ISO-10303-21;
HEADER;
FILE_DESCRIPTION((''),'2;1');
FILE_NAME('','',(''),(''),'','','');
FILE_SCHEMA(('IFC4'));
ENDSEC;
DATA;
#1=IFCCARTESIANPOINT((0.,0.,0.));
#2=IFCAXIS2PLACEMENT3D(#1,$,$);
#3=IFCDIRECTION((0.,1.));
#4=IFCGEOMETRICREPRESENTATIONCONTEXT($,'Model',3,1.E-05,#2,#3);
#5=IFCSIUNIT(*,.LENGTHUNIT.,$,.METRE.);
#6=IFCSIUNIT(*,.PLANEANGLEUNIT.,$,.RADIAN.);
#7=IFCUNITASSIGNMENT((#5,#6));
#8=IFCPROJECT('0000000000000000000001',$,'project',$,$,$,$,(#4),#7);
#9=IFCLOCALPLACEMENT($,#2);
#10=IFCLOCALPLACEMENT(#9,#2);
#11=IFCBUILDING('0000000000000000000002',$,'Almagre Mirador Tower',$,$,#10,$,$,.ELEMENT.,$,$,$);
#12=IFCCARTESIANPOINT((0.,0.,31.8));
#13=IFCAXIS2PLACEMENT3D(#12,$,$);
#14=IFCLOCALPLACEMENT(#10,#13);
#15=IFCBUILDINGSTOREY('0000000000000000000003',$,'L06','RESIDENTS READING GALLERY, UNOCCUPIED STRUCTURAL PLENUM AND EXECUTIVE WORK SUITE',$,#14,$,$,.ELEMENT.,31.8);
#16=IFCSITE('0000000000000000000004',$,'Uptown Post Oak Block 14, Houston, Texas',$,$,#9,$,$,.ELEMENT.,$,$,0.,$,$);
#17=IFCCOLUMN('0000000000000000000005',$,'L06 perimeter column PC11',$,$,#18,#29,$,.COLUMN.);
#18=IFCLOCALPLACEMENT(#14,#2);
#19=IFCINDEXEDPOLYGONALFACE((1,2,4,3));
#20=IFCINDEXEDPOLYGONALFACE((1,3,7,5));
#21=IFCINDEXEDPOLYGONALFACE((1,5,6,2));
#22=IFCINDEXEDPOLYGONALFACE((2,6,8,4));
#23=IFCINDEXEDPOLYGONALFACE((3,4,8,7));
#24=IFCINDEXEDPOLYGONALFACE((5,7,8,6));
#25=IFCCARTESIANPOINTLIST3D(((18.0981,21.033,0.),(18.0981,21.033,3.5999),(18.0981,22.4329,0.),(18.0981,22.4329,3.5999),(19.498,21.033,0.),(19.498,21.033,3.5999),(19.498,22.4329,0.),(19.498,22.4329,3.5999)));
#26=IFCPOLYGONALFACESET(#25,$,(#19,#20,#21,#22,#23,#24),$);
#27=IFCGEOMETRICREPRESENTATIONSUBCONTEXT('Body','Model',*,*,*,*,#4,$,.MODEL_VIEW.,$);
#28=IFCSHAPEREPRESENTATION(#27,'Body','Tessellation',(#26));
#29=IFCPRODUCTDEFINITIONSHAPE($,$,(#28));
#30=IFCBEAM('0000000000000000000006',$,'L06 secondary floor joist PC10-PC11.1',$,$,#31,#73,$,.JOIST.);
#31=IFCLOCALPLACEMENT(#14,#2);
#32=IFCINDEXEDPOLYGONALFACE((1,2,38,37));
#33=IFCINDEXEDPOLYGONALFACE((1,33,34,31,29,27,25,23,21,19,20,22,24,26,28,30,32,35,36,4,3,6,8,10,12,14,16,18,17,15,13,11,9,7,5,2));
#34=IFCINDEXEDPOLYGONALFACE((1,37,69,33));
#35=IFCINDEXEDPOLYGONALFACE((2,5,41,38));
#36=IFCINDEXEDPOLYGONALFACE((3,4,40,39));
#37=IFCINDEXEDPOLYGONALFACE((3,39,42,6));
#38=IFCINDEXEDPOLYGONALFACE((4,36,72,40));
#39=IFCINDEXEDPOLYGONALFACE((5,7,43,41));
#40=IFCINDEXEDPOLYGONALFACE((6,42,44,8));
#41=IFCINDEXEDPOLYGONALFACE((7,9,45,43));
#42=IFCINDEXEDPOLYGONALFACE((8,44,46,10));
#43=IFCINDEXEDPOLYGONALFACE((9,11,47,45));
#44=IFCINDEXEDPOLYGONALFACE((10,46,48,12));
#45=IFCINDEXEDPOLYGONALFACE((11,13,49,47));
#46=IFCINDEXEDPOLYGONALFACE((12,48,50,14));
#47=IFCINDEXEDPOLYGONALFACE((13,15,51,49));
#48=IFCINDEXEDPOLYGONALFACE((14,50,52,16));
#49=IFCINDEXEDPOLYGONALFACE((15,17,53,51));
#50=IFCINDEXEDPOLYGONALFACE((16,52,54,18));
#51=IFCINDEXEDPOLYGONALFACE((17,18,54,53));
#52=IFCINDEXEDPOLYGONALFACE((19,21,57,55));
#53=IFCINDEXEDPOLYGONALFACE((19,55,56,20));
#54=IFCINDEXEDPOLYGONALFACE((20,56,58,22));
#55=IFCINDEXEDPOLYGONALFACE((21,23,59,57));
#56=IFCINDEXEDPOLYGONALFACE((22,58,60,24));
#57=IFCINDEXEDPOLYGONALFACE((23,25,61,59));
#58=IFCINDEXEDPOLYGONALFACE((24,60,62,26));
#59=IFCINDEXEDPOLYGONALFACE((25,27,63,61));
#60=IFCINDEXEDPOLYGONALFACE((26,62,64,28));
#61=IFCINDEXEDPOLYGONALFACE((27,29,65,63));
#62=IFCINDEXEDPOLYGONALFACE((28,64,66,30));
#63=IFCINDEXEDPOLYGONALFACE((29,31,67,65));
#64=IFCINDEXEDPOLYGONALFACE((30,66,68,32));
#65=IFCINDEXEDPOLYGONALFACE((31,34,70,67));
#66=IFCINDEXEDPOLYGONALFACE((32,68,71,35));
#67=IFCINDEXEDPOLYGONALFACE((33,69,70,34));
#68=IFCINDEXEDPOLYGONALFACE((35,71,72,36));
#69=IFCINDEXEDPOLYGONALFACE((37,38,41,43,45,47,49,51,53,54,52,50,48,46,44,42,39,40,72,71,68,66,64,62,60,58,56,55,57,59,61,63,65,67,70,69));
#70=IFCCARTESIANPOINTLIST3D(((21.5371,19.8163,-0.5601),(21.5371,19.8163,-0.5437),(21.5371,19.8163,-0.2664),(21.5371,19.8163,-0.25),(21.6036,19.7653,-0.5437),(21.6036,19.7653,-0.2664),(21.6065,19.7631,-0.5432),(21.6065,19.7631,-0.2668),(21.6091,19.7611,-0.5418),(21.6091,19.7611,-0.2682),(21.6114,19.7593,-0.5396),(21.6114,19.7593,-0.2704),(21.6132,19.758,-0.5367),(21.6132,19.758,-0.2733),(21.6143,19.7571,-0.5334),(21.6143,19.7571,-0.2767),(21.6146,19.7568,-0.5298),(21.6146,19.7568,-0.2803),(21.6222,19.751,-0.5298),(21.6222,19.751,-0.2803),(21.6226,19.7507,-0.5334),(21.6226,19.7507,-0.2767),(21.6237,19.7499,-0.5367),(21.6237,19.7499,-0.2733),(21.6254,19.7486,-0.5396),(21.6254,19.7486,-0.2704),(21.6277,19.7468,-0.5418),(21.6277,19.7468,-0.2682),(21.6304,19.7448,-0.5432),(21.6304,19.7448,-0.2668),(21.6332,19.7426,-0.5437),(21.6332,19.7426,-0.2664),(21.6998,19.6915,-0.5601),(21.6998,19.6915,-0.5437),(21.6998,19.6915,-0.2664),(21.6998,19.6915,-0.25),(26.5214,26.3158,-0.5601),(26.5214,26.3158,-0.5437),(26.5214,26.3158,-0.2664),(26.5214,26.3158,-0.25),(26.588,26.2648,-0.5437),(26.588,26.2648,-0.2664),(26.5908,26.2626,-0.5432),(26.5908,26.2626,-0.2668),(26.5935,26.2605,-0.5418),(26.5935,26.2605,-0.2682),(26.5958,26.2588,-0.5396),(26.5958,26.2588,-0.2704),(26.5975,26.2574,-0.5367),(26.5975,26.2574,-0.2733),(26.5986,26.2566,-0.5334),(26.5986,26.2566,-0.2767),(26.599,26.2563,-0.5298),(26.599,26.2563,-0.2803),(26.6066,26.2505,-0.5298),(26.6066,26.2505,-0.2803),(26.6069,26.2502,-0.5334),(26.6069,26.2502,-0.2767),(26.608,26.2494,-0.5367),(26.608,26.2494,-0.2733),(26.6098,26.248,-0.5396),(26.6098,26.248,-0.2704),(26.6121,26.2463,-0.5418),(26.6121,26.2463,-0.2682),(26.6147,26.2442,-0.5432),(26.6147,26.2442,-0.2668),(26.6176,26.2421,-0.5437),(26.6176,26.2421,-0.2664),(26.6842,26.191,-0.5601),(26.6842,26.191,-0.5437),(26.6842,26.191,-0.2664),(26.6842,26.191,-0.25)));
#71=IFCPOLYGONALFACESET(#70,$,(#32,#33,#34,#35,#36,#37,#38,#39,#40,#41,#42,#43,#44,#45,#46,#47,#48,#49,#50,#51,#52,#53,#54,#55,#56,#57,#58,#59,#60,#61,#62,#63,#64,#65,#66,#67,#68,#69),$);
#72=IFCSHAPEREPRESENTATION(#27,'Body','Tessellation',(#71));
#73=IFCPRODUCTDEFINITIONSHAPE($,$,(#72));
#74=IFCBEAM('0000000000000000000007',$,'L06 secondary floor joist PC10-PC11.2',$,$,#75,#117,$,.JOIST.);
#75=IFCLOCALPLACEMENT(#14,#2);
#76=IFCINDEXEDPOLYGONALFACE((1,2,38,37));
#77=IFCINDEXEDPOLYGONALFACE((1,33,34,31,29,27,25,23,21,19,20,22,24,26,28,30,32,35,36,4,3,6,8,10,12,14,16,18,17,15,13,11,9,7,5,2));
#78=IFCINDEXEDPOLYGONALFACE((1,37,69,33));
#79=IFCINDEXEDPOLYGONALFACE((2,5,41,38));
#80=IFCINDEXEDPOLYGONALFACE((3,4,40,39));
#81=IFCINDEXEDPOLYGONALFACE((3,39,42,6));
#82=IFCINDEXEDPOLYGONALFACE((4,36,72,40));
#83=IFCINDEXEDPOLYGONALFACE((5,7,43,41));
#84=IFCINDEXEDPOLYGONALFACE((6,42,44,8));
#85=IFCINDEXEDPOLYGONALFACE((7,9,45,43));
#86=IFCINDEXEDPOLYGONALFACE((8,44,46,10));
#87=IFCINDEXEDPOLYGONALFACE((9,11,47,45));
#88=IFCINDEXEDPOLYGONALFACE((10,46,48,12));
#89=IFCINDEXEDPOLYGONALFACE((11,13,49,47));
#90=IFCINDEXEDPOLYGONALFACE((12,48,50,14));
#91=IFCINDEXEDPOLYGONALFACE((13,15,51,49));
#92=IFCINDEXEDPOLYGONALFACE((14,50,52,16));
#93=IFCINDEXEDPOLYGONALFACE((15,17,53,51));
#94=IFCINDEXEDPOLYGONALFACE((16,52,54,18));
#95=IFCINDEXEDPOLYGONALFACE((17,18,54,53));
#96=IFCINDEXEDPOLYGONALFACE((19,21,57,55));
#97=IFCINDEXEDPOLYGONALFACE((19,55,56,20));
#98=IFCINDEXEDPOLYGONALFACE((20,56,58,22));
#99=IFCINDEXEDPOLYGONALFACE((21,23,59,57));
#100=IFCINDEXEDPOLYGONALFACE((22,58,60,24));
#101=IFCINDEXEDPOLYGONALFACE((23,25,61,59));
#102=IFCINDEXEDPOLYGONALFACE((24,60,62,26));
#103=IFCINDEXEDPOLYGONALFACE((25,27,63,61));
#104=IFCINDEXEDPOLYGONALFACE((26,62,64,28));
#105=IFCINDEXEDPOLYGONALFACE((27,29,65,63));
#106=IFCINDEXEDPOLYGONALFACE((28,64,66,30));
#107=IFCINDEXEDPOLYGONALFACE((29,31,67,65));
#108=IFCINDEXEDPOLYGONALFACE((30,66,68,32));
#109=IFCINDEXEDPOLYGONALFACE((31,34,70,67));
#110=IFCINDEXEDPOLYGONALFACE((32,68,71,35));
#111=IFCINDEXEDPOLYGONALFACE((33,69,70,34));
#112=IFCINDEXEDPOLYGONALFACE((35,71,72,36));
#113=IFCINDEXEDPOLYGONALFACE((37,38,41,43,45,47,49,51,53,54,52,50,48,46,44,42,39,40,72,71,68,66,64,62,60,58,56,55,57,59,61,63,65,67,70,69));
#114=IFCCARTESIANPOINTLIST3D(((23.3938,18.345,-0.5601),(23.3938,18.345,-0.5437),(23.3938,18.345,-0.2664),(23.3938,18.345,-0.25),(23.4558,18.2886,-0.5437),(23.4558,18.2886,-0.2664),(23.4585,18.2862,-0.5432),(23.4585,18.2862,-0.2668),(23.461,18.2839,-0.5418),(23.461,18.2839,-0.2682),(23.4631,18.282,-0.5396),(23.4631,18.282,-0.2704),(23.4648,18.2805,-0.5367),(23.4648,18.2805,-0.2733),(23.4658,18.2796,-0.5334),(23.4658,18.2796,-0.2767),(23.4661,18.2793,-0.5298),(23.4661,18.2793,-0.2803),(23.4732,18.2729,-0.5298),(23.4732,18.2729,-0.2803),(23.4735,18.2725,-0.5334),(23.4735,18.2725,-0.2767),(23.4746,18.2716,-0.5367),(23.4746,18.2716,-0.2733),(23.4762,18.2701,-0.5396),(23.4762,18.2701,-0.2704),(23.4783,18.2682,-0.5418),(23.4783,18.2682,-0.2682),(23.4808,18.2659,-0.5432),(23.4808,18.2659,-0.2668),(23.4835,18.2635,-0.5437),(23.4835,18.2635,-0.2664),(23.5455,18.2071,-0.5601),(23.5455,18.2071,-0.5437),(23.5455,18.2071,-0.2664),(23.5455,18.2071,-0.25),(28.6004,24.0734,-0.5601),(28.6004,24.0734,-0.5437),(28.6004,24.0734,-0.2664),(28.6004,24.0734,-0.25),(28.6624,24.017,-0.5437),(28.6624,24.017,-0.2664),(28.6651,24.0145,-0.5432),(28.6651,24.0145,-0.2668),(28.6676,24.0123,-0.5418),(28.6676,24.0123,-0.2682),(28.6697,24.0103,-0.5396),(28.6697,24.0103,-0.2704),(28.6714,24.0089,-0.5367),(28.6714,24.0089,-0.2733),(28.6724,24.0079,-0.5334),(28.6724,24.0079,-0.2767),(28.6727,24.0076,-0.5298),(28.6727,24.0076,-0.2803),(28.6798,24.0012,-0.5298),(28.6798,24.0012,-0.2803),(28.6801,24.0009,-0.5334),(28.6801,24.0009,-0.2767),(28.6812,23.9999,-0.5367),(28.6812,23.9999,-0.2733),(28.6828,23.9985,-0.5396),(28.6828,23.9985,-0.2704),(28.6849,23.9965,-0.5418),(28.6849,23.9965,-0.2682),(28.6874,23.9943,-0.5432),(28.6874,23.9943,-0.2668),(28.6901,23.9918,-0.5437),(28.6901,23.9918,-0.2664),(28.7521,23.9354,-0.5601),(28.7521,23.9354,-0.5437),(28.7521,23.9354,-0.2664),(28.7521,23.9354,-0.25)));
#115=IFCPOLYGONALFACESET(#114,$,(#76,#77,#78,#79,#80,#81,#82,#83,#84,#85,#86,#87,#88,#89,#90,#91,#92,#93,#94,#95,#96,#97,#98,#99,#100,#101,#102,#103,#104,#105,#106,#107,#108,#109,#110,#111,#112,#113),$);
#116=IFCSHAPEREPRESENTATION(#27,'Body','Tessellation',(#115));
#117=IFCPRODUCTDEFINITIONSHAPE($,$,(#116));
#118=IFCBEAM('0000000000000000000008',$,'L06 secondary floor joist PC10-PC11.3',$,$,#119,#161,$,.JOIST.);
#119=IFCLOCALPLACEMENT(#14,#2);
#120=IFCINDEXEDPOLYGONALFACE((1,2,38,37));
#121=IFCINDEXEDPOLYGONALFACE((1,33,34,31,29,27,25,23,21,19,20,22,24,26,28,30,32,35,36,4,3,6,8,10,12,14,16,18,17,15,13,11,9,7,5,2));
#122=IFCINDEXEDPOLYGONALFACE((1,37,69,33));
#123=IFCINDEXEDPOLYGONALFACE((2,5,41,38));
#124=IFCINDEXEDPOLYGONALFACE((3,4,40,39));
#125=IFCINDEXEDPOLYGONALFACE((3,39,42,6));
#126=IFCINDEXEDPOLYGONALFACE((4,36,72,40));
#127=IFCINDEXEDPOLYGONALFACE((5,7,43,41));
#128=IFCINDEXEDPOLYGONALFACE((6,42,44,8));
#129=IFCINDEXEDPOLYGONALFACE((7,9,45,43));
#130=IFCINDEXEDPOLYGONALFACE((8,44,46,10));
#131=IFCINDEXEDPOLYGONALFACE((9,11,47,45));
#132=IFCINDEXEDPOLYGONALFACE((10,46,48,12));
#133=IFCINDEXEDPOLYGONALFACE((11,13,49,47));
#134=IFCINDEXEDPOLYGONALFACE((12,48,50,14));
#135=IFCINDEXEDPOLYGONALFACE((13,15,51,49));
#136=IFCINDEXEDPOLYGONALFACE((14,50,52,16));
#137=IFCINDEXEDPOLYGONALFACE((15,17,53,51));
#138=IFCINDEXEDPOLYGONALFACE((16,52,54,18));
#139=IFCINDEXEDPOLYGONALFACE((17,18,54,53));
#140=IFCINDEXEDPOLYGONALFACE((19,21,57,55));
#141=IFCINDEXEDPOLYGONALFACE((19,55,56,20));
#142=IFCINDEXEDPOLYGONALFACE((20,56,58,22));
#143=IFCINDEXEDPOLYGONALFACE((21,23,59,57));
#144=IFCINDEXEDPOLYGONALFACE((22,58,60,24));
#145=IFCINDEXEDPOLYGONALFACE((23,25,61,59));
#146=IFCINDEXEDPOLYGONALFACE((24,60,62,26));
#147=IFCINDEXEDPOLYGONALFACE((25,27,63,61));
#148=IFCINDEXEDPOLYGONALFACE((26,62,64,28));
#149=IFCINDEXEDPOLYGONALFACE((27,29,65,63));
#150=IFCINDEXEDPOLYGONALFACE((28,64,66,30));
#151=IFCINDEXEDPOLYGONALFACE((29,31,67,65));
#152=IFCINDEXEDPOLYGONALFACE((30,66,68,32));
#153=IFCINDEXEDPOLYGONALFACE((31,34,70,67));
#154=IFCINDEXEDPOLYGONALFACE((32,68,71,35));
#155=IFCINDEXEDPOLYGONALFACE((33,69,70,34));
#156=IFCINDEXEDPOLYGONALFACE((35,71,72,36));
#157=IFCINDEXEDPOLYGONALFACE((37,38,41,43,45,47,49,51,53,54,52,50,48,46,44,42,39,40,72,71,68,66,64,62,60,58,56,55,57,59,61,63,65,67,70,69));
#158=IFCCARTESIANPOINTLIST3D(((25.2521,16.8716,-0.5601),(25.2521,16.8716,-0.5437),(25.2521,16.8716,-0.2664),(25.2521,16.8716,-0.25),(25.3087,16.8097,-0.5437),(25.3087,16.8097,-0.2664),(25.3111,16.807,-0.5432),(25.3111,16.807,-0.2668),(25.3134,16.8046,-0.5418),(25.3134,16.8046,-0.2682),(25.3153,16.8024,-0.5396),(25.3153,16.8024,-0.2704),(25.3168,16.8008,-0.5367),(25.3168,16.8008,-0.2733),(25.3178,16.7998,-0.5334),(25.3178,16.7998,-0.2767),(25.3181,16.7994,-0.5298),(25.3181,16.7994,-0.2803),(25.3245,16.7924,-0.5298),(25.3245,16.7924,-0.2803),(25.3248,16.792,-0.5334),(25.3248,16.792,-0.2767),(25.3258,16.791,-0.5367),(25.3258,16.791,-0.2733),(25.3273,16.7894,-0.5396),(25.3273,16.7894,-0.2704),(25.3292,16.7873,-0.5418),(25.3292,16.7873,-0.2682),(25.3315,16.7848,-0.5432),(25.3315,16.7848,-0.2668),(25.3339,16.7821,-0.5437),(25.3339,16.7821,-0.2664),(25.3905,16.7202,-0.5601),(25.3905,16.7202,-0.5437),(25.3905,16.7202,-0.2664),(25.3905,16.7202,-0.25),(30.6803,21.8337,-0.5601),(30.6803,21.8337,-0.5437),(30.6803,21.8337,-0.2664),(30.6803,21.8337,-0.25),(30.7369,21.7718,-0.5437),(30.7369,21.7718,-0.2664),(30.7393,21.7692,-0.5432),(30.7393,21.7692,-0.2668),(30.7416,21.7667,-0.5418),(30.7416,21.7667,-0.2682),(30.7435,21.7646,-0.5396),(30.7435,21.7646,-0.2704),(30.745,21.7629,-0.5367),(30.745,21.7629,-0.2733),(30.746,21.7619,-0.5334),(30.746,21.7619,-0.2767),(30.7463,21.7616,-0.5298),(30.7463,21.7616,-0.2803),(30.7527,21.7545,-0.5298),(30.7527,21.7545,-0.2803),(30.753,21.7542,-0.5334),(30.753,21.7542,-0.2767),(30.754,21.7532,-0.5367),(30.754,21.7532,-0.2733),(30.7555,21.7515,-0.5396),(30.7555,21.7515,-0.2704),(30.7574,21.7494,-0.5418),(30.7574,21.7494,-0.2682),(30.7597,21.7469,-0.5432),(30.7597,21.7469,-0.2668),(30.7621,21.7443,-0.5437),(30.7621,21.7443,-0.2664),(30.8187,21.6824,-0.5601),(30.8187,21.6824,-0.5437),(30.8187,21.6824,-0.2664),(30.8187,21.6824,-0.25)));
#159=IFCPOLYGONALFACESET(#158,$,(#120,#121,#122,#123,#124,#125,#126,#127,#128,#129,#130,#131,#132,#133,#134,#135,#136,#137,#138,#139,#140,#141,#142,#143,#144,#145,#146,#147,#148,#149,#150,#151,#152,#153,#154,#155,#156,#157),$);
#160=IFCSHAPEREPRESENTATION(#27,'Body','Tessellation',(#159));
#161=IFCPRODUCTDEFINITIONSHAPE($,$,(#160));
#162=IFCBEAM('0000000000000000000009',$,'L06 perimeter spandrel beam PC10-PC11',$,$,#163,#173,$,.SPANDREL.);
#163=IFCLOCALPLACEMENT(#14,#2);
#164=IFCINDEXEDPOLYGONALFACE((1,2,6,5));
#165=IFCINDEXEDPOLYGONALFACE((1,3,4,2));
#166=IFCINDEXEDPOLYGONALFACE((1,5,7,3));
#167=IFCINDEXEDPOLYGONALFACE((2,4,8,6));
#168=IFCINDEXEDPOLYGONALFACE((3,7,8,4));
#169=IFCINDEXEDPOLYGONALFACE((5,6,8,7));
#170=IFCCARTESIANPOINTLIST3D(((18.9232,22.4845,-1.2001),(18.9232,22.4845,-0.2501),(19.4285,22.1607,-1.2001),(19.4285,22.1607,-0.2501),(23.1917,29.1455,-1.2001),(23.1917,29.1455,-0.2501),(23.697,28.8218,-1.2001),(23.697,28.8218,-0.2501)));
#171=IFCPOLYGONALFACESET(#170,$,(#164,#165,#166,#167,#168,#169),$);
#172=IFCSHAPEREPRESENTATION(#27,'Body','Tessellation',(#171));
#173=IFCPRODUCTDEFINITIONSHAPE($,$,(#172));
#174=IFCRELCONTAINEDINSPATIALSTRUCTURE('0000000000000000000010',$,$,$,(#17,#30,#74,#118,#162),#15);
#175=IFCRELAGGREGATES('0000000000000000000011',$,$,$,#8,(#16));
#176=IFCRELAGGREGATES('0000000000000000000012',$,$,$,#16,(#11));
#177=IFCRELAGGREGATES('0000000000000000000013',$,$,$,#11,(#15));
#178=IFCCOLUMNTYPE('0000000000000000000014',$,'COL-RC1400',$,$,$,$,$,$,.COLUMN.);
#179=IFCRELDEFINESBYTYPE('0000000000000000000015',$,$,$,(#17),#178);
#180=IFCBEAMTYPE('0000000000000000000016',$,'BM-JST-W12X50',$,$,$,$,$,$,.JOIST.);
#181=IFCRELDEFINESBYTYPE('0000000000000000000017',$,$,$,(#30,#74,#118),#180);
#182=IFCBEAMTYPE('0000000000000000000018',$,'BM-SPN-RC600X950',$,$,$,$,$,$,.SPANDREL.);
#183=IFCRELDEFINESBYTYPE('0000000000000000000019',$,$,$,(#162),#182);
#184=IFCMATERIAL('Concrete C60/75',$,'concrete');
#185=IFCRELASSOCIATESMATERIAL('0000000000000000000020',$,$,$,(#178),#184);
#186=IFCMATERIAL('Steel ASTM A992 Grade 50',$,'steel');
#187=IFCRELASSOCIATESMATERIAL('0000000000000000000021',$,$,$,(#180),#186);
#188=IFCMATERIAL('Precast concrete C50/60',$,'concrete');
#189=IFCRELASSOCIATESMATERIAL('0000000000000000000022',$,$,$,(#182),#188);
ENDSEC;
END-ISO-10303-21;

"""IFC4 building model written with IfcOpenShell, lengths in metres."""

from ifc_helpers import new_model, si_unit, direction, frame, origin, origin_2d, place, context, subcontext, project, spatial, rectangle, i_section, extrude, material, material_profile, profile_set, type_object, element, save


model = new_model("IFC4")

# Units and contexts
model_context = context("Model", 3, precision=1e-05, world=origin(), true_north=direction((0.0, 1.0)))
body_context = subcontext(model_context, "Body", "Model", "MODEL_VIEW")
ifc_project = project(units=[si_unit("LENGTHUNIT", "METRE"), si_unit("PLANEANGLEUNIT", "RADIAN")], contexts=[model_context])

# Site, building, storey
site_placement = place(None, origin())
site = spatial("IfcSite", under=ifc_project, at=site_placement, Name="Uptown Post Oak Block 14, Houston, Texas", CompositionType="ELEMENT", RefElevation=0.0)
building_placement = place(site_placement, origin())
building = spatial("IfcBuilding", under=site, at=building_placement, Name="Almagre Mirador Tower", CompositionType="ELEMENT")
storey_placement = place(building_placement, frame((0.0, 0.0, 31.8)))
storey = spatial("IfcBuildingStorey", under=building, at=storey_placement, Name="L06", Description="RESIDENTS READING GALLERY, UNOCCUPIED STRUCTURAL PLENUM AND EXECUTIVE WORK SUITE", CompositionType="ELEMENT", Elevation=31.8)

# Column
ifc_material_1 = material(Name="Concrete C60/75", Category="concrete")
ifc_material_profile_1 = material_profile(ifc_material_1, rectangle(XDim=1.3999, YDim=1.3999, at=origin_2d()), Name="RC1400X1400")
ifc_profile_set_1 = profile_set([ifc_material_profile_1], Name="Concrete C60/75")
column_type = type_object("IfcColumnType", Name="COL-RC1400", PredefinedType="COLUMN", material=ifc_profile_set_1)
column_placement = place(storey_placement, frame((18.7981, 21.7329, 0.0), z_axis=(0.0, 0.0, 1.0), x_axis=(1.0, 0.0, 0.0)))
element("IfcColumn", 1, at=column_placement, inside=storey, type_object=column_type, Name="L06 perimeter column PC11", PredefinedType="COLUMN", context=body_context, shape_type="SweptSolid", body=[
    extrude(rectangle(XDim=1.3999, YDim=1.3999, at=origin_2d()), origin(), (0.0, 0.0, 1.0), 3.5999),
])

# Beams
ifc_material_2 = material(Name="Steel ASTM A992 Grade 50", Category="steel")
ifc_material_profile_2 = material_profile(ifc_material_2, i_section(OverallWidth=0.2051, OverallDepth=0.3101, WebThickness=0.0095, FlangeThickness=0.0164, FilletRadius=0.0139, at=origin_2d()), Name="W12X50")
ifc_profile_set_2 = profile_set([ifc_material_profile_2], Name="Steel ASTM A992 Grade 50")
beam_type_1 = type_object("IfcBeamType", Name="BM-JST-W12X50", PredefinedType="JOIST", material=ifc_profile_set_2)
beam_1_placement = place(storey_placement, frame((26.6028, 26.2534, -0.405), z_axis=(-0.60854, -0.793523, 0.0), x_axis=(0.793523, -0.60854, 0.0)))
element("IfcBeam", 2, at=beam_1_placement, inside=storey, type_object=beam_type_1, Name="L06 secondary floor joist PC10-PC11.1", PredefinedType="JOIST", context=body_context, shape_type="SweptSolid", body=[
    extrude(i_section(OverallWidth=0.2051, OverallDepth=0.3101, WebThickness=0.0095, FlangeThickness=0.0164, FilletRadius=0.0139, at=origin_2d()), origin(), (0.0, 0.0, 1.0), 8.1907),
])
beam_2_placement = place(storey_placement, frame((28.6763, 24.0044, -0.405), z_axis=(-0.672604, -0.740003, 0.0), x_axis=(0.740003, -0.672604, 0.0)))
element("IfcBeam", 3, at=beam_2_placement, inside=storey, type_object=beam_type_1, Name="L06 secondary floor joist PC10-PC11.2", PredefinedType="JOIST", context=body_context, shape_type="SweptSolid", body=[
    extrude(i_section(OverallWidth=0.2051, OverallDepth=0.3101, WebThickness=0.0095, FlangeThickness=0.0164, FilletRadius=0.0139, at=origin_2d()), origin(), (0.0, 0.0, 1.0), 7.741),
])
beam_3_placement = place(storey_placement, frame((30.7495, 21.7581, -0.405), z_axis=(-0.738082, -0.674711, 0.0), x_axis=(0.674711, -0.738082, 0.0)))
element("IfcBeam", 4, at=beam_3_placement, inside=storey, type_object=beam_type_1, Name="L06 secondary floor joist PC10-PC11.3", PredefinedType="JOIST", context=body_context, shape_type="SweptSolid", body=[
    extrude(i_section(OverallWidth=0.2051, OverallDepth=0.3101, WebThickness=0.0095, FlangeThickness=0.0164, FilletRadius=0.0139, at=origin_2d()), origin(), (0.0, 0.0, 1.0), 7.3545),
])
ifc_material_3 = material(Name="Precast concrete C50/60", Category="concrete")
ifc_material_profile_3 = material_profile(ifc_material_3, rectangle(XDim=0.6001, YDim=0.95, at=origin_2d()), Name="RC600X950")
ifc_profile_set_3 = profile_set([ifc_material_profile_3], Name="Precast concrete C50/60")
beam_type_2 = type_object("IfcBeamType", Name="BM-SPN-RC600X950", PredefinedType="SPANDREL", material=ifc_profile_set_3)
beam_4_placement = place(storey_placement, frame((23.4443, 28.9836, -0.7251), z_axis=(-0.53954, -0.84196, 0.0), x_axis=(0.84196, -0.53954, 0.0)))
element("IfcBeam", 5, at=beam_4_placement, inside=storey, type_object=beam_type_2, Name="L06 perimeter spandrel beam PC10-PC11", PredefinedType="SPANDREL", context=body_context, shape_type="SweptSolid", body=[
    extrude(rectangle(XDim=0.6001, YDim=0.95, at=origin_2d()), origin(), (0.0, 0.0, 1.0), 7.9114),
])

save(model, "model.ifc")
